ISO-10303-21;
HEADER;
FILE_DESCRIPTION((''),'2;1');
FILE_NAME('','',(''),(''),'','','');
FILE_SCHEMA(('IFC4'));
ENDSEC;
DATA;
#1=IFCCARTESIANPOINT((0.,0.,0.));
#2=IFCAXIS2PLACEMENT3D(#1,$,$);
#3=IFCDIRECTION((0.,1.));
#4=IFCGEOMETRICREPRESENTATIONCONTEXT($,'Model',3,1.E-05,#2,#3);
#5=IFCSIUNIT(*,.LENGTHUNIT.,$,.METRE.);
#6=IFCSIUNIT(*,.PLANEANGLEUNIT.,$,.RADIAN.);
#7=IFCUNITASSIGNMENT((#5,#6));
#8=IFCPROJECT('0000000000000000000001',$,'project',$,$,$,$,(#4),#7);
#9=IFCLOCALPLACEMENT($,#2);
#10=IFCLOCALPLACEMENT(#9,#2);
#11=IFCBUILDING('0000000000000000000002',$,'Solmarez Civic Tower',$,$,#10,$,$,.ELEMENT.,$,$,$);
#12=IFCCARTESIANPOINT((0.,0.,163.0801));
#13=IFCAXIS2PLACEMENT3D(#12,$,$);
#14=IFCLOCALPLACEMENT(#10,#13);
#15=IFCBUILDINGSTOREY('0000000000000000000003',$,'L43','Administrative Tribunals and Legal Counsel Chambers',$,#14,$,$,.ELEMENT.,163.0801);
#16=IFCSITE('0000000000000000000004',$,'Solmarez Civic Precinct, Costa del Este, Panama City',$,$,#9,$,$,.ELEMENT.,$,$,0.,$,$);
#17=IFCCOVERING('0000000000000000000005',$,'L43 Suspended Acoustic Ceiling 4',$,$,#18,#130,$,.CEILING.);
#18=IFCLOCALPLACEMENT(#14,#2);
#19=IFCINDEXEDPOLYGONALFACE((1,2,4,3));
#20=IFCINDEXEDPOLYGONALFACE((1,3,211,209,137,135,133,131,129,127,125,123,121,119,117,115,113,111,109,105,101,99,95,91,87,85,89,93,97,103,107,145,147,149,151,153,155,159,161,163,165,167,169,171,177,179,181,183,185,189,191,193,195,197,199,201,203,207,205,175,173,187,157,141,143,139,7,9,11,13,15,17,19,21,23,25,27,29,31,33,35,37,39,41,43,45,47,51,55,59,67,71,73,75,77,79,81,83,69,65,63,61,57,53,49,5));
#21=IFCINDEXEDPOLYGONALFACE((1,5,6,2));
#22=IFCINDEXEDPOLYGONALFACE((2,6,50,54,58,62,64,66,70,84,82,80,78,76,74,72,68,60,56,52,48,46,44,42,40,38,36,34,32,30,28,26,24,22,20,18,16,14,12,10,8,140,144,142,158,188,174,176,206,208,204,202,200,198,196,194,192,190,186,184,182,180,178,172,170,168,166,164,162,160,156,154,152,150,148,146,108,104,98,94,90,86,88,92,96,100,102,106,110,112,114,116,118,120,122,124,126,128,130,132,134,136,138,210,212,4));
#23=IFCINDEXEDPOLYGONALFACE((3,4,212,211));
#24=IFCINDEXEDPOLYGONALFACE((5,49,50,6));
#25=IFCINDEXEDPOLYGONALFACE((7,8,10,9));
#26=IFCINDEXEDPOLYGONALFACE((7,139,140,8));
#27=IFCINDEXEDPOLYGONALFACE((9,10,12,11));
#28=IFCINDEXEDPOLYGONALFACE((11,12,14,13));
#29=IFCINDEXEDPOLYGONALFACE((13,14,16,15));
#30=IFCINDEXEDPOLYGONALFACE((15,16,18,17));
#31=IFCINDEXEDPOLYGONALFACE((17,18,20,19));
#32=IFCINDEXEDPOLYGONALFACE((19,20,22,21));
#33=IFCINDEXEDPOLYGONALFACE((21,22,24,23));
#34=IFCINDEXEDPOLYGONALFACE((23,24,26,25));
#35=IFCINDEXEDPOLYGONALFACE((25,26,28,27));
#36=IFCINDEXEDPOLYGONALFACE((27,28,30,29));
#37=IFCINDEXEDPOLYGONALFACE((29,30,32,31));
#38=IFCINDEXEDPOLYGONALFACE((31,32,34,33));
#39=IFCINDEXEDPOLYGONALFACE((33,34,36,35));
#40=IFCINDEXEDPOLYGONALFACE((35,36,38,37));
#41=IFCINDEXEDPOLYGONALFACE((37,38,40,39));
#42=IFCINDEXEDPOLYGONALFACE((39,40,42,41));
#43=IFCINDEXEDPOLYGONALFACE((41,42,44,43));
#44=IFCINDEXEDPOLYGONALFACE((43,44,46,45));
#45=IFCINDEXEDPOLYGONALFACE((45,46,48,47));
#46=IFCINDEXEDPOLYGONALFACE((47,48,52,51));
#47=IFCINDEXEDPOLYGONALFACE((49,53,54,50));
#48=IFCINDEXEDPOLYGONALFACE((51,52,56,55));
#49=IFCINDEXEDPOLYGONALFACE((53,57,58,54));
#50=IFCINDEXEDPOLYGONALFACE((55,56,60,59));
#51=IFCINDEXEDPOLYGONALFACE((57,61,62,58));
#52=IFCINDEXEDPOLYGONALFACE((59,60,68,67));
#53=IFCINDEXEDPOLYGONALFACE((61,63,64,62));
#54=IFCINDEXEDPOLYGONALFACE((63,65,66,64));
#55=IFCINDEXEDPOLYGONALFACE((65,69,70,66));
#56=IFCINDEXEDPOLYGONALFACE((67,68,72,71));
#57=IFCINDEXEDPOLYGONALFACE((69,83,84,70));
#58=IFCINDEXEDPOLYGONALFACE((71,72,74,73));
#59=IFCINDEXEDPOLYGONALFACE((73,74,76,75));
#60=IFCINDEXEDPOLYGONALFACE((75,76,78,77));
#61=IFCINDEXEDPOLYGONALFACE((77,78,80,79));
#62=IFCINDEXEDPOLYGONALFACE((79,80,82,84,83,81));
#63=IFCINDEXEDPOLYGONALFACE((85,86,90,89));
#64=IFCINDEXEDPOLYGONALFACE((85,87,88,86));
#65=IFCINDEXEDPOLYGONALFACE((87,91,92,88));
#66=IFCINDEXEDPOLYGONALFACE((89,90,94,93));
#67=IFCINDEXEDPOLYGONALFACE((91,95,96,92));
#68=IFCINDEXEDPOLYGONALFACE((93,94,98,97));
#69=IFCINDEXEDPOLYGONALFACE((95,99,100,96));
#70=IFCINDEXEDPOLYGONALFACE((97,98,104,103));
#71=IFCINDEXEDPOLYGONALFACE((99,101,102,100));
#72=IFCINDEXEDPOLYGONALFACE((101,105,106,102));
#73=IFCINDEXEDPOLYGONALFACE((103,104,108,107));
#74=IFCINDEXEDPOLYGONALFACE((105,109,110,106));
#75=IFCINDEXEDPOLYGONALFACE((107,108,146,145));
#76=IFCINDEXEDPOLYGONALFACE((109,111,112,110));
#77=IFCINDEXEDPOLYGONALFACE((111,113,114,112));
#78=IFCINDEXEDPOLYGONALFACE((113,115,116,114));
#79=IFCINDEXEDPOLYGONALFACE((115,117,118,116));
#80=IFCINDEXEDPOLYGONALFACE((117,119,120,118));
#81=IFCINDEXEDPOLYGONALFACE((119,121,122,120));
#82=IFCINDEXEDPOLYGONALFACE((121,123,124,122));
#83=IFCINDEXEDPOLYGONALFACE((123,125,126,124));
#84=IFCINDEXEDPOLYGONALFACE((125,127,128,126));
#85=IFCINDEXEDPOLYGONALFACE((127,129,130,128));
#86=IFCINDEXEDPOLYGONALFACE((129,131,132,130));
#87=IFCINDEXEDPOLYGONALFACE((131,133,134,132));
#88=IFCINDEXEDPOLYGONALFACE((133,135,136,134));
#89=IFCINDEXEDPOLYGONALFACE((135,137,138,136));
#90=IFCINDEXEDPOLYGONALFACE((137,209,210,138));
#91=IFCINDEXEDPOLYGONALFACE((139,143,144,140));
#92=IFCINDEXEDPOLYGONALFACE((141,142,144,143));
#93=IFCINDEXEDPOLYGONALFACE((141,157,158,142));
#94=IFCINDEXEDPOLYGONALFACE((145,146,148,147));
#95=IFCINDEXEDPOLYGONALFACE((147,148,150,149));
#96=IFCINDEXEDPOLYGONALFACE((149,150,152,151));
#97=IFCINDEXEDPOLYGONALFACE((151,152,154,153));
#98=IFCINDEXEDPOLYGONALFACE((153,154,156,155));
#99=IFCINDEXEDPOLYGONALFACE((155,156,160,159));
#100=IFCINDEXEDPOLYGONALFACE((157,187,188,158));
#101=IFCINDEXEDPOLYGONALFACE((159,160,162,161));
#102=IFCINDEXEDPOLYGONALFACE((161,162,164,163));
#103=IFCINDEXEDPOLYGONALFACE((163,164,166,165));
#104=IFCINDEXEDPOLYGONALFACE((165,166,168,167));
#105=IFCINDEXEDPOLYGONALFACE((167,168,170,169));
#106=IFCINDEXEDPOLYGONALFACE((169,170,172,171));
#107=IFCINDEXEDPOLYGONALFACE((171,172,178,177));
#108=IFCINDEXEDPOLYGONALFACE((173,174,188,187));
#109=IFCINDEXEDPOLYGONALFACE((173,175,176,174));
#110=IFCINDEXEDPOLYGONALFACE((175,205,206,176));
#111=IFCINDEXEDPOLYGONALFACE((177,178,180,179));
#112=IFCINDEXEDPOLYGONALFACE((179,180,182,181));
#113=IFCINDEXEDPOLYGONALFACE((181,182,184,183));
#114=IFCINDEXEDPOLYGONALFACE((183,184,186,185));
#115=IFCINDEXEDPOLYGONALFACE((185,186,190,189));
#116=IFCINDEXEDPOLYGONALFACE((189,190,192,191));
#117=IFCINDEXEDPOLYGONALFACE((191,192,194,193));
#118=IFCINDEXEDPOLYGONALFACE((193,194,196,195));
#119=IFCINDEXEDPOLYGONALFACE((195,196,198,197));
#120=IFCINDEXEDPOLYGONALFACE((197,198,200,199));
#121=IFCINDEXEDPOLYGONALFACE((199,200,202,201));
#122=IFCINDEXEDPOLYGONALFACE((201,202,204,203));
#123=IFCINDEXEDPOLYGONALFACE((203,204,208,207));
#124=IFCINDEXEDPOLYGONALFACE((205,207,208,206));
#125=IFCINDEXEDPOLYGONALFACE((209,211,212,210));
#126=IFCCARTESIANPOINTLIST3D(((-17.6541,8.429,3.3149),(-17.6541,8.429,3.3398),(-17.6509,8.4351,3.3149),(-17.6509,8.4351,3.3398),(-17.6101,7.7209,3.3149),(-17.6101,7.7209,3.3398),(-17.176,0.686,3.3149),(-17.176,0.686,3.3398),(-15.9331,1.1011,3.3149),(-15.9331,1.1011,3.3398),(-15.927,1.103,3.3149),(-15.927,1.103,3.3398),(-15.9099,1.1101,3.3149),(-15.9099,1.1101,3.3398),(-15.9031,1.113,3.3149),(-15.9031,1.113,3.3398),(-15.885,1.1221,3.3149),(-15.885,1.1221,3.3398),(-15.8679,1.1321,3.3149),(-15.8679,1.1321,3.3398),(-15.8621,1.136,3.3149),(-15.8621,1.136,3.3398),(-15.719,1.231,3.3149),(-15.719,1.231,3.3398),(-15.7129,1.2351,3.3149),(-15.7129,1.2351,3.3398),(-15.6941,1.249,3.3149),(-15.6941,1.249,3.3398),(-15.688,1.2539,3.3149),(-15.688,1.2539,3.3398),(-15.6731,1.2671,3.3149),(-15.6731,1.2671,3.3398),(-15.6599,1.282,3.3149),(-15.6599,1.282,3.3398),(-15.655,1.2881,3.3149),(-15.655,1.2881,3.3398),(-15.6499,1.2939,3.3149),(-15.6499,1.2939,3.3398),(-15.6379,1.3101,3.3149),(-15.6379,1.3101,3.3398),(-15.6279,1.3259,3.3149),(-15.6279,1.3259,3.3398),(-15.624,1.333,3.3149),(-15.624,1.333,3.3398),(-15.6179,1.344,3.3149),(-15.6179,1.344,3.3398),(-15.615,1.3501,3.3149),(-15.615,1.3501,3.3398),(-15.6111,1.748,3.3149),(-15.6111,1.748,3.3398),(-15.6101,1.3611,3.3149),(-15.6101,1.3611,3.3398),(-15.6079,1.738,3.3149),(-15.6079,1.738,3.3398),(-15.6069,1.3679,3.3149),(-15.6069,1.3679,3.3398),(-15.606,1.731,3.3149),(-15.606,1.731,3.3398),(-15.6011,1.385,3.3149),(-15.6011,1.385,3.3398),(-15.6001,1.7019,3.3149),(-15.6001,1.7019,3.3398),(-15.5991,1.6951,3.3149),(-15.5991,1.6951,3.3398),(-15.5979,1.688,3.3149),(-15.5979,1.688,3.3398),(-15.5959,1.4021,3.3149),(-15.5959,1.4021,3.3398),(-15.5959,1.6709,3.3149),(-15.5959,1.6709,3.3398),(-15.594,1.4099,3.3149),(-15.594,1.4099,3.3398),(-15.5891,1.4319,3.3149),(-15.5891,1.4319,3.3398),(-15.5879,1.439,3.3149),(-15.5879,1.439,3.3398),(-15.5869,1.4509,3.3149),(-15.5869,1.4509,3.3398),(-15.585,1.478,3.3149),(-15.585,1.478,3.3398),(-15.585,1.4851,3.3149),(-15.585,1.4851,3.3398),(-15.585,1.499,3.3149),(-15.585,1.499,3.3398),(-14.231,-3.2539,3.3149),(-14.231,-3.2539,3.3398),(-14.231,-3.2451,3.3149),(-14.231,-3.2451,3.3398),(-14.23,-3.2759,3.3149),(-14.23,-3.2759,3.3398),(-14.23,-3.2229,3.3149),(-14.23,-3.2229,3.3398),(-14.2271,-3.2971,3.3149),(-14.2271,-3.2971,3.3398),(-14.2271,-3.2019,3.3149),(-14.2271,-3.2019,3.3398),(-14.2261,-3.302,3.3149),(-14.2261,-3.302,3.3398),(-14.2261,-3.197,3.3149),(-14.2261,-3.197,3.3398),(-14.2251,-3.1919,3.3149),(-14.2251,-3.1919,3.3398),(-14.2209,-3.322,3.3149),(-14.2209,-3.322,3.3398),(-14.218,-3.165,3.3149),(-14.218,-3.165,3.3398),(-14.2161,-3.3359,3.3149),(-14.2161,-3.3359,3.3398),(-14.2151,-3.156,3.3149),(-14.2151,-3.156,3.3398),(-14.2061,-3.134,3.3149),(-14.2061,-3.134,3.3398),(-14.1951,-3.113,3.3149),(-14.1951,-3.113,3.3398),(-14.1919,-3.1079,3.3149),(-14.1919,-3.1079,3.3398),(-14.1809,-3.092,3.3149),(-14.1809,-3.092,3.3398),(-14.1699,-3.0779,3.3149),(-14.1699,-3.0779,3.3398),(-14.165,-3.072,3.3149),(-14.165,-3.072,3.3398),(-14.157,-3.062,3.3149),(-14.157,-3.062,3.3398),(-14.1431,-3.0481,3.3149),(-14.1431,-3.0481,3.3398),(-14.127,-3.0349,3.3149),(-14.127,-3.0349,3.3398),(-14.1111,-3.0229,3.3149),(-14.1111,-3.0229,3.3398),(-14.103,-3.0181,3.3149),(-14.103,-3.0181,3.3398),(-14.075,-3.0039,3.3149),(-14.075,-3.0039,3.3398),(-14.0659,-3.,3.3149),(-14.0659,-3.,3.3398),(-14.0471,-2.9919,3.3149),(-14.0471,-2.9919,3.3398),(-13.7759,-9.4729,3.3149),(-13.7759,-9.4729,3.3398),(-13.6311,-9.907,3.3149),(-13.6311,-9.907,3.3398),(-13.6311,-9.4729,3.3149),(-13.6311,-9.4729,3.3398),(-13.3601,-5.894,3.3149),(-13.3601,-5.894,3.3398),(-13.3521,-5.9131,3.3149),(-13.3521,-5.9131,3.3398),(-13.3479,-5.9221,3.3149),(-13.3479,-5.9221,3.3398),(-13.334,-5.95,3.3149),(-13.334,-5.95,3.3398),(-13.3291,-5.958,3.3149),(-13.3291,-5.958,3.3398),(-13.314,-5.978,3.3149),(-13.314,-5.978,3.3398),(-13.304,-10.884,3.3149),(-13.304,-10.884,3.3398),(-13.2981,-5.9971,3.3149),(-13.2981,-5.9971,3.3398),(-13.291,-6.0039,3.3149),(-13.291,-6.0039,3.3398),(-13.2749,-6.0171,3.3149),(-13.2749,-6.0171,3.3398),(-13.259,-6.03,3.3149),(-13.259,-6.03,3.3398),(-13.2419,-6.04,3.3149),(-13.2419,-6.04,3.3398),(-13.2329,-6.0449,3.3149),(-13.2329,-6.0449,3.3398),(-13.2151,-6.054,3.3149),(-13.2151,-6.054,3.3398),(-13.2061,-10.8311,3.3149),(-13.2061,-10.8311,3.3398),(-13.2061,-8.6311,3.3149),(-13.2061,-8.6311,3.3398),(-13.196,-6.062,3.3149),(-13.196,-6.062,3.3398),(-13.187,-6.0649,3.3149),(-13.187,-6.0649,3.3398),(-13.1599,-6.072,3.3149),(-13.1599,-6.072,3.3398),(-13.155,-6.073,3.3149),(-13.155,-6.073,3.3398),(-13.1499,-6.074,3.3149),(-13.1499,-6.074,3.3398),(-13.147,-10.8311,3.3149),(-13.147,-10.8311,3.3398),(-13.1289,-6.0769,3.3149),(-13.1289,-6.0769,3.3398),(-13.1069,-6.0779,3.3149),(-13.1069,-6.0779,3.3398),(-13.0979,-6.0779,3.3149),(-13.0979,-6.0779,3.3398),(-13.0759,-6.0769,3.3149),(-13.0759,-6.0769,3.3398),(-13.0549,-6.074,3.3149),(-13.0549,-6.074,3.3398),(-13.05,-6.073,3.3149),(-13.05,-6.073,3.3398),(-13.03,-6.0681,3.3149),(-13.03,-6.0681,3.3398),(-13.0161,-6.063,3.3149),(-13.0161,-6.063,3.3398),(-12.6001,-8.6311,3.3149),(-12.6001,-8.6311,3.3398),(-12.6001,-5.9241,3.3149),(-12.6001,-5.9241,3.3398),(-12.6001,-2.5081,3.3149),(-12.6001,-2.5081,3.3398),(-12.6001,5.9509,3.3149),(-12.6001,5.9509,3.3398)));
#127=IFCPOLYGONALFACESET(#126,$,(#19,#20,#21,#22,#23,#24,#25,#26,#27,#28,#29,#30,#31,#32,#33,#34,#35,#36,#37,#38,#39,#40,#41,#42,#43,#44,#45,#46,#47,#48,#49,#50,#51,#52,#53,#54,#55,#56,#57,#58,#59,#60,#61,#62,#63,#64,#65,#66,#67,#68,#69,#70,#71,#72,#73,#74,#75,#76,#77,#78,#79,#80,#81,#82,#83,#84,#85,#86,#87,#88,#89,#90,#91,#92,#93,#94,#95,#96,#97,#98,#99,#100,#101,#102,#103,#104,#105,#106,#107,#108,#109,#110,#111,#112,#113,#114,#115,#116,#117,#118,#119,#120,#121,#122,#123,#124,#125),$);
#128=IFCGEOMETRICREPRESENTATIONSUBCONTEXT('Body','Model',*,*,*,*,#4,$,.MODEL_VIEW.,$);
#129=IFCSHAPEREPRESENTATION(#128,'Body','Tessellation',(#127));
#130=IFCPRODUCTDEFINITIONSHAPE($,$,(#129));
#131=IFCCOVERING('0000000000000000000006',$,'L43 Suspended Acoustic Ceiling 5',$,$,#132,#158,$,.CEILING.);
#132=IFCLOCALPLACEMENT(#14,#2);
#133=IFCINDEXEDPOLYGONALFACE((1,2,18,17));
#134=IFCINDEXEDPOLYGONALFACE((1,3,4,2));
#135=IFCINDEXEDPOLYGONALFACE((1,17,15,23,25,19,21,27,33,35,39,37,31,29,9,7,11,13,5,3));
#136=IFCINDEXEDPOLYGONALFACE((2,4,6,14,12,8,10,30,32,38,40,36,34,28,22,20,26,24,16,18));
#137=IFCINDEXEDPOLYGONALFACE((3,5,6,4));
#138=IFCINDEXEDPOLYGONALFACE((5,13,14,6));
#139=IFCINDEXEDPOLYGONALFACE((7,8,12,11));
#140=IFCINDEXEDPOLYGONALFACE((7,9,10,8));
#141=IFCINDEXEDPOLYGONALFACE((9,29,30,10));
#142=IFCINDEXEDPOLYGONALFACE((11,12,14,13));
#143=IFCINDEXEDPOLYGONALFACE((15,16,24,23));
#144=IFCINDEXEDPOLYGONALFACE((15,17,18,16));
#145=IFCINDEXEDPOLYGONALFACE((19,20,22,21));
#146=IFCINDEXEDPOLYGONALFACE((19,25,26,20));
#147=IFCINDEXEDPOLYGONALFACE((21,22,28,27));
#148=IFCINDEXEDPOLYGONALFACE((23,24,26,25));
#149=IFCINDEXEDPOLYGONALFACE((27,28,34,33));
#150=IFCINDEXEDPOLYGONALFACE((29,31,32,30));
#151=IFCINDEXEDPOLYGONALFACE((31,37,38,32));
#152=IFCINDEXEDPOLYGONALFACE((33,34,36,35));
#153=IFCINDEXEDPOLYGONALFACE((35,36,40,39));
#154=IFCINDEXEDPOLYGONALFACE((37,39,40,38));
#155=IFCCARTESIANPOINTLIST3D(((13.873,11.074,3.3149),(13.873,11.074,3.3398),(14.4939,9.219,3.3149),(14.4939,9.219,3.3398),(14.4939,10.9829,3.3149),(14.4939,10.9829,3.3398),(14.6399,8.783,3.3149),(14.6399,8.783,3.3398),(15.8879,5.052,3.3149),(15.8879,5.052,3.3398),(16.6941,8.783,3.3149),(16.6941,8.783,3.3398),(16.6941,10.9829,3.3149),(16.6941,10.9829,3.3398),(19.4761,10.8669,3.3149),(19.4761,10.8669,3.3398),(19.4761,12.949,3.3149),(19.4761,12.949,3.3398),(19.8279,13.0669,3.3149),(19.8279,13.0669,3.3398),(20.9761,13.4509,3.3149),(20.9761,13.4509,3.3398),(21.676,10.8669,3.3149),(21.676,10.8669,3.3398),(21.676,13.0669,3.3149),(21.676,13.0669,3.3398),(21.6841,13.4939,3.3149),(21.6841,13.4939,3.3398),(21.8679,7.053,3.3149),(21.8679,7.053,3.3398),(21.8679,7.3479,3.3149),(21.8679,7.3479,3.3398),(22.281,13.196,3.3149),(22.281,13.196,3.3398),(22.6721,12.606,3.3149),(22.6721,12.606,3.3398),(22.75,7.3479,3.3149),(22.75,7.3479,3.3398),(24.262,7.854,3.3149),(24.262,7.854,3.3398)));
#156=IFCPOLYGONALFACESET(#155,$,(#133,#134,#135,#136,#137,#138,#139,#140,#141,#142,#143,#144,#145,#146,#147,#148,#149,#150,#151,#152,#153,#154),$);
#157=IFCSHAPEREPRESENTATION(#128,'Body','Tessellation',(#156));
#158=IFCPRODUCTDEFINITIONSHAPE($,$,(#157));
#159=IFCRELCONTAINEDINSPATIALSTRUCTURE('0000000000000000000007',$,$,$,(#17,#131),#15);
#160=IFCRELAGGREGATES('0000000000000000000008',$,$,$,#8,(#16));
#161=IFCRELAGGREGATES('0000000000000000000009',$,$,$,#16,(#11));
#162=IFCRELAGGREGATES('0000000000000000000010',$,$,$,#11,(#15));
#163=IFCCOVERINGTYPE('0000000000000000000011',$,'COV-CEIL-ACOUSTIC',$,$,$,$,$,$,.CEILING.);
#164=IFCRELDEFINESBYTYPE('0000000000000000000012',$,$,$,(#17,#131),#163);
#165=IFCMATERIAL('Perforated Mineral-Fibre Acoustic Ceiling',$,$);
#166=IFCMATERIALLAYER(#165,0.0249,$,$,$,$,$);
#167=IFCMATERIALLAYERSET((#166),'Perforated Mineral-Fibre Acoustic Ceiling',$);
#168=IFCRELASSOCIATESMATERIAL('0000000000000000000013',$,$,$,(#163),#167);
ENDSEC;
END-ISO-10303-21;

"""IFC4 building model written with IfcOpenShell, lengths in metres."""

from ifc_helpers import new_model, si_unit, direction, frame, origin, place, context, subcontext, project, spatial, polyline, outline, extrude, material, layer, layer_set, type_object, element, save


model = new_model("IFC4")

# Units and contexts
model_context = context("Model", 3, precision=1e-05, world=origin(), true_north=direction((0.0, 1.0)))
body_context = subcontext(model_context, "Body", "Model", "MODEL_VIEW")
ifc_project = project(units=[si_unit("LENGTHUNIT", "METRE"), si_unit("PLANEANGLEUNIT", "RADIAN")], contexts=[model_context])

# Site, building, storey
site_placement = place(None, origin())
site = spatial("IfcSite", under=ifc_project, at=site_placement, Name="Solmarez Civic Precinct, Costa del Este, Panama City", CompositionType="ELEMENT", RefElevation=0.0)
building_placement = place(site_placement, origin())
building = spatial("IfcBuilding", under=site, at=building_placement, Name="Solmarez Civic Tower", CompositionType="ELEMENT")
storey_placement = place(building_placement, frame((0.0, 0.0, 163.0801)))
storey = spatial("IfcBuildingStorey", under=building, at=storey_placement, Name="L43", Description="Administrative Tribunals and Legal Counsel Chambers", CompositionType="ELEMENT", Elevation=163.0801)

# Coverings
ifc_material_1 = material(Name="Perforated Mineral-Fibre Acoustic Ceiling")
ifc_layer_1 = layer(ifc_material_1, 0.0249)
ifc_layer_set_1 = layer_set([ifc_layer_1], Name="Perforated Mineral-Fibre Acoustic Ceiling")
covering_type_1 = type_object("IfcCoveringType", Name="COV-CEIL-ACOUSTIC", PredefinedType="CEILING", material=ifc_layer_set_1)
covering_1_placement = place(storey_placement, frame((0.0, 0.0, 3.3149)))
element("IfcCovering", 1, at=covering_1_placement, inside=storey, type_object=covering_type_1, Name="L43 Suspended Acoustic Ceiling 4", PredefinedType="CEILING", context=body_context, shape_type="SweptSolid", body=[
    extrude(outline(polyline([(-14.2161, -3.3359), (-14.2209, -3.322), (-14.2261, -3.302), (-14.2271, -3.2971), (-14.23, -3.2759), (-14.231, -3.2539), (-14.231, -3.2451), (-14.23, -3.2229), (-14.2271, -3.2019), (-14.2261, -3.197), (-14.2251, -3.1919), (-14.218, -3.165), (-14.2151, -3.156), (-14.2061, -3.134), (-14.1951, -3.113), (-14.1919, -3.1079), (-14.1809, -3.092), (-14.1699, -3.0779), (-14.165, -3.072), (-14.157, -3.062), (-14.1431, -3.0481), (-14.127, -3.0349), (-14.1111, -3.0229), (-14.103, -3.0181), (-14.075, -3.0039), (-14.0659, -3.0), (-14.0471, -2.9919), (-12.6001, -2.5081), (-12.6001, 5.9509), (-17.6509, 8.4351), (-17.6541, 8.429), (-17.6101, 7.7209), (-15.6111, 1.748), (-15.6079, 1.738), (-15.606, 1.731), (-15.6001, 1.7019), (-15.5991, 1.6951), (-15.5979, 1.688), (-15.5959, 1.6709), (-15.585, 1.499), (-15.585, 1.4851), (-15.585, 1.478), (-15.5869, 1.4509), (-15.5879, 1.439), (-15.5891, 1.4319), (-15.594, 1.4099), (-15.5959, 1.4021), (-15.6011, 1.385), (-15.6069, 1.3679), (-15.6101, 1.3611), (-15.615, 1.3501), (-15.6179, 1.344), (-15.624, 1.333), (-15.6279, 1.3259), (-15.6379, 1.3101), (-15.6499, 1.2939), (-15.655, 1.2881), (-15.6599, 1.282), (-15.6731, 1.2671), (-15.688, 1.2539), (-15.6941, 1.249), (-15.7129, 1.2351), (-15.719, 1.231), (-15.8621, 1.136), (-15.8679, 1.1321), (-15.885, 1.1221), (-15.9031, 1.113), (-15.9099, 1.1101), (-15.927, 1.103), (-15.9331, 1.1011), (-17.176, 0.686), (-13.7759, -9.4729), (-13.6311, -9.4729), (-13.6311, -9.907), (-13.304, -10.884), (-13.147, -10.8311), (-13.2061, -10.8311), (-13.2061, -8.6311), (-12.6001, -8.6311), (-12.6001, -5.9241), (-13.0161, -6.063), (-13.03, -6.0681), (-13.05, -6.073), (-13.0549, -6.074), (-13.0759, -6.0769), (-13.0979, -6.0779), (-13.1069, -6.0779), (-13.1289, -6.0769), (-13.1499, -6.074), (-13.155, -6.073), (-13.1599, -6.072), (-13.187, -6.0649), (-13.196, -6.062), (-13.2151, -6.054), (-13.2329, -6.0449), (-13.2419, -6.04), (-13.259, -6.03), (-13.2749, -6.0171), (-13.291, -6.0039), (-13.2981, -5.9971), (-13.314, -5.978), (-13.3291, -5.958), (-13.334, -5.95), (-13.3479, -5.9221), (-13.3521, -5.9131), (-13.3601, -5.894), (-14.2161, -3.3359)])), origin(), (0.0, 0.0, 1.0), 0.0249),
])
covering_2_placement = place(storey_placement, frame((0.0, 0.0, 3.3149)))
element("IfcCovering", 2, at=covering_2_placement, inside=storey, type_object=covering_type_1, Name="L43 Suspended Acoustic Ceiling 5", PredefinedType="CEILING", context=body_context, shape_type="SweptSolid", body=[
    extrude(outline(polyline([(24.262, 7.854), (22.6721, 12.606), (22.281, 13.196), (21.6841, 13.4939), (20.9761, 13.4509), (19.8279, 13.0669), (21.676, 13.0669), (21.676, 10.8669), (19.4761, 10.8669), (19.4761, 12.949), (13.873, 11.074), (14.4939, 9.219), (14.4939, 10.9829), (16.6941, 10.9829), (16.6941, 8.783), (14.6399, 8.783), (15.8879, 5.052), (21.8679, 7.053), (21.8679, 7.3479), (22.75, 7.3479), (24.262, 7.854)])), origin(), (0.0, 0.0, 1.0), 0.0249),
])

save(model, "model.ifc")
